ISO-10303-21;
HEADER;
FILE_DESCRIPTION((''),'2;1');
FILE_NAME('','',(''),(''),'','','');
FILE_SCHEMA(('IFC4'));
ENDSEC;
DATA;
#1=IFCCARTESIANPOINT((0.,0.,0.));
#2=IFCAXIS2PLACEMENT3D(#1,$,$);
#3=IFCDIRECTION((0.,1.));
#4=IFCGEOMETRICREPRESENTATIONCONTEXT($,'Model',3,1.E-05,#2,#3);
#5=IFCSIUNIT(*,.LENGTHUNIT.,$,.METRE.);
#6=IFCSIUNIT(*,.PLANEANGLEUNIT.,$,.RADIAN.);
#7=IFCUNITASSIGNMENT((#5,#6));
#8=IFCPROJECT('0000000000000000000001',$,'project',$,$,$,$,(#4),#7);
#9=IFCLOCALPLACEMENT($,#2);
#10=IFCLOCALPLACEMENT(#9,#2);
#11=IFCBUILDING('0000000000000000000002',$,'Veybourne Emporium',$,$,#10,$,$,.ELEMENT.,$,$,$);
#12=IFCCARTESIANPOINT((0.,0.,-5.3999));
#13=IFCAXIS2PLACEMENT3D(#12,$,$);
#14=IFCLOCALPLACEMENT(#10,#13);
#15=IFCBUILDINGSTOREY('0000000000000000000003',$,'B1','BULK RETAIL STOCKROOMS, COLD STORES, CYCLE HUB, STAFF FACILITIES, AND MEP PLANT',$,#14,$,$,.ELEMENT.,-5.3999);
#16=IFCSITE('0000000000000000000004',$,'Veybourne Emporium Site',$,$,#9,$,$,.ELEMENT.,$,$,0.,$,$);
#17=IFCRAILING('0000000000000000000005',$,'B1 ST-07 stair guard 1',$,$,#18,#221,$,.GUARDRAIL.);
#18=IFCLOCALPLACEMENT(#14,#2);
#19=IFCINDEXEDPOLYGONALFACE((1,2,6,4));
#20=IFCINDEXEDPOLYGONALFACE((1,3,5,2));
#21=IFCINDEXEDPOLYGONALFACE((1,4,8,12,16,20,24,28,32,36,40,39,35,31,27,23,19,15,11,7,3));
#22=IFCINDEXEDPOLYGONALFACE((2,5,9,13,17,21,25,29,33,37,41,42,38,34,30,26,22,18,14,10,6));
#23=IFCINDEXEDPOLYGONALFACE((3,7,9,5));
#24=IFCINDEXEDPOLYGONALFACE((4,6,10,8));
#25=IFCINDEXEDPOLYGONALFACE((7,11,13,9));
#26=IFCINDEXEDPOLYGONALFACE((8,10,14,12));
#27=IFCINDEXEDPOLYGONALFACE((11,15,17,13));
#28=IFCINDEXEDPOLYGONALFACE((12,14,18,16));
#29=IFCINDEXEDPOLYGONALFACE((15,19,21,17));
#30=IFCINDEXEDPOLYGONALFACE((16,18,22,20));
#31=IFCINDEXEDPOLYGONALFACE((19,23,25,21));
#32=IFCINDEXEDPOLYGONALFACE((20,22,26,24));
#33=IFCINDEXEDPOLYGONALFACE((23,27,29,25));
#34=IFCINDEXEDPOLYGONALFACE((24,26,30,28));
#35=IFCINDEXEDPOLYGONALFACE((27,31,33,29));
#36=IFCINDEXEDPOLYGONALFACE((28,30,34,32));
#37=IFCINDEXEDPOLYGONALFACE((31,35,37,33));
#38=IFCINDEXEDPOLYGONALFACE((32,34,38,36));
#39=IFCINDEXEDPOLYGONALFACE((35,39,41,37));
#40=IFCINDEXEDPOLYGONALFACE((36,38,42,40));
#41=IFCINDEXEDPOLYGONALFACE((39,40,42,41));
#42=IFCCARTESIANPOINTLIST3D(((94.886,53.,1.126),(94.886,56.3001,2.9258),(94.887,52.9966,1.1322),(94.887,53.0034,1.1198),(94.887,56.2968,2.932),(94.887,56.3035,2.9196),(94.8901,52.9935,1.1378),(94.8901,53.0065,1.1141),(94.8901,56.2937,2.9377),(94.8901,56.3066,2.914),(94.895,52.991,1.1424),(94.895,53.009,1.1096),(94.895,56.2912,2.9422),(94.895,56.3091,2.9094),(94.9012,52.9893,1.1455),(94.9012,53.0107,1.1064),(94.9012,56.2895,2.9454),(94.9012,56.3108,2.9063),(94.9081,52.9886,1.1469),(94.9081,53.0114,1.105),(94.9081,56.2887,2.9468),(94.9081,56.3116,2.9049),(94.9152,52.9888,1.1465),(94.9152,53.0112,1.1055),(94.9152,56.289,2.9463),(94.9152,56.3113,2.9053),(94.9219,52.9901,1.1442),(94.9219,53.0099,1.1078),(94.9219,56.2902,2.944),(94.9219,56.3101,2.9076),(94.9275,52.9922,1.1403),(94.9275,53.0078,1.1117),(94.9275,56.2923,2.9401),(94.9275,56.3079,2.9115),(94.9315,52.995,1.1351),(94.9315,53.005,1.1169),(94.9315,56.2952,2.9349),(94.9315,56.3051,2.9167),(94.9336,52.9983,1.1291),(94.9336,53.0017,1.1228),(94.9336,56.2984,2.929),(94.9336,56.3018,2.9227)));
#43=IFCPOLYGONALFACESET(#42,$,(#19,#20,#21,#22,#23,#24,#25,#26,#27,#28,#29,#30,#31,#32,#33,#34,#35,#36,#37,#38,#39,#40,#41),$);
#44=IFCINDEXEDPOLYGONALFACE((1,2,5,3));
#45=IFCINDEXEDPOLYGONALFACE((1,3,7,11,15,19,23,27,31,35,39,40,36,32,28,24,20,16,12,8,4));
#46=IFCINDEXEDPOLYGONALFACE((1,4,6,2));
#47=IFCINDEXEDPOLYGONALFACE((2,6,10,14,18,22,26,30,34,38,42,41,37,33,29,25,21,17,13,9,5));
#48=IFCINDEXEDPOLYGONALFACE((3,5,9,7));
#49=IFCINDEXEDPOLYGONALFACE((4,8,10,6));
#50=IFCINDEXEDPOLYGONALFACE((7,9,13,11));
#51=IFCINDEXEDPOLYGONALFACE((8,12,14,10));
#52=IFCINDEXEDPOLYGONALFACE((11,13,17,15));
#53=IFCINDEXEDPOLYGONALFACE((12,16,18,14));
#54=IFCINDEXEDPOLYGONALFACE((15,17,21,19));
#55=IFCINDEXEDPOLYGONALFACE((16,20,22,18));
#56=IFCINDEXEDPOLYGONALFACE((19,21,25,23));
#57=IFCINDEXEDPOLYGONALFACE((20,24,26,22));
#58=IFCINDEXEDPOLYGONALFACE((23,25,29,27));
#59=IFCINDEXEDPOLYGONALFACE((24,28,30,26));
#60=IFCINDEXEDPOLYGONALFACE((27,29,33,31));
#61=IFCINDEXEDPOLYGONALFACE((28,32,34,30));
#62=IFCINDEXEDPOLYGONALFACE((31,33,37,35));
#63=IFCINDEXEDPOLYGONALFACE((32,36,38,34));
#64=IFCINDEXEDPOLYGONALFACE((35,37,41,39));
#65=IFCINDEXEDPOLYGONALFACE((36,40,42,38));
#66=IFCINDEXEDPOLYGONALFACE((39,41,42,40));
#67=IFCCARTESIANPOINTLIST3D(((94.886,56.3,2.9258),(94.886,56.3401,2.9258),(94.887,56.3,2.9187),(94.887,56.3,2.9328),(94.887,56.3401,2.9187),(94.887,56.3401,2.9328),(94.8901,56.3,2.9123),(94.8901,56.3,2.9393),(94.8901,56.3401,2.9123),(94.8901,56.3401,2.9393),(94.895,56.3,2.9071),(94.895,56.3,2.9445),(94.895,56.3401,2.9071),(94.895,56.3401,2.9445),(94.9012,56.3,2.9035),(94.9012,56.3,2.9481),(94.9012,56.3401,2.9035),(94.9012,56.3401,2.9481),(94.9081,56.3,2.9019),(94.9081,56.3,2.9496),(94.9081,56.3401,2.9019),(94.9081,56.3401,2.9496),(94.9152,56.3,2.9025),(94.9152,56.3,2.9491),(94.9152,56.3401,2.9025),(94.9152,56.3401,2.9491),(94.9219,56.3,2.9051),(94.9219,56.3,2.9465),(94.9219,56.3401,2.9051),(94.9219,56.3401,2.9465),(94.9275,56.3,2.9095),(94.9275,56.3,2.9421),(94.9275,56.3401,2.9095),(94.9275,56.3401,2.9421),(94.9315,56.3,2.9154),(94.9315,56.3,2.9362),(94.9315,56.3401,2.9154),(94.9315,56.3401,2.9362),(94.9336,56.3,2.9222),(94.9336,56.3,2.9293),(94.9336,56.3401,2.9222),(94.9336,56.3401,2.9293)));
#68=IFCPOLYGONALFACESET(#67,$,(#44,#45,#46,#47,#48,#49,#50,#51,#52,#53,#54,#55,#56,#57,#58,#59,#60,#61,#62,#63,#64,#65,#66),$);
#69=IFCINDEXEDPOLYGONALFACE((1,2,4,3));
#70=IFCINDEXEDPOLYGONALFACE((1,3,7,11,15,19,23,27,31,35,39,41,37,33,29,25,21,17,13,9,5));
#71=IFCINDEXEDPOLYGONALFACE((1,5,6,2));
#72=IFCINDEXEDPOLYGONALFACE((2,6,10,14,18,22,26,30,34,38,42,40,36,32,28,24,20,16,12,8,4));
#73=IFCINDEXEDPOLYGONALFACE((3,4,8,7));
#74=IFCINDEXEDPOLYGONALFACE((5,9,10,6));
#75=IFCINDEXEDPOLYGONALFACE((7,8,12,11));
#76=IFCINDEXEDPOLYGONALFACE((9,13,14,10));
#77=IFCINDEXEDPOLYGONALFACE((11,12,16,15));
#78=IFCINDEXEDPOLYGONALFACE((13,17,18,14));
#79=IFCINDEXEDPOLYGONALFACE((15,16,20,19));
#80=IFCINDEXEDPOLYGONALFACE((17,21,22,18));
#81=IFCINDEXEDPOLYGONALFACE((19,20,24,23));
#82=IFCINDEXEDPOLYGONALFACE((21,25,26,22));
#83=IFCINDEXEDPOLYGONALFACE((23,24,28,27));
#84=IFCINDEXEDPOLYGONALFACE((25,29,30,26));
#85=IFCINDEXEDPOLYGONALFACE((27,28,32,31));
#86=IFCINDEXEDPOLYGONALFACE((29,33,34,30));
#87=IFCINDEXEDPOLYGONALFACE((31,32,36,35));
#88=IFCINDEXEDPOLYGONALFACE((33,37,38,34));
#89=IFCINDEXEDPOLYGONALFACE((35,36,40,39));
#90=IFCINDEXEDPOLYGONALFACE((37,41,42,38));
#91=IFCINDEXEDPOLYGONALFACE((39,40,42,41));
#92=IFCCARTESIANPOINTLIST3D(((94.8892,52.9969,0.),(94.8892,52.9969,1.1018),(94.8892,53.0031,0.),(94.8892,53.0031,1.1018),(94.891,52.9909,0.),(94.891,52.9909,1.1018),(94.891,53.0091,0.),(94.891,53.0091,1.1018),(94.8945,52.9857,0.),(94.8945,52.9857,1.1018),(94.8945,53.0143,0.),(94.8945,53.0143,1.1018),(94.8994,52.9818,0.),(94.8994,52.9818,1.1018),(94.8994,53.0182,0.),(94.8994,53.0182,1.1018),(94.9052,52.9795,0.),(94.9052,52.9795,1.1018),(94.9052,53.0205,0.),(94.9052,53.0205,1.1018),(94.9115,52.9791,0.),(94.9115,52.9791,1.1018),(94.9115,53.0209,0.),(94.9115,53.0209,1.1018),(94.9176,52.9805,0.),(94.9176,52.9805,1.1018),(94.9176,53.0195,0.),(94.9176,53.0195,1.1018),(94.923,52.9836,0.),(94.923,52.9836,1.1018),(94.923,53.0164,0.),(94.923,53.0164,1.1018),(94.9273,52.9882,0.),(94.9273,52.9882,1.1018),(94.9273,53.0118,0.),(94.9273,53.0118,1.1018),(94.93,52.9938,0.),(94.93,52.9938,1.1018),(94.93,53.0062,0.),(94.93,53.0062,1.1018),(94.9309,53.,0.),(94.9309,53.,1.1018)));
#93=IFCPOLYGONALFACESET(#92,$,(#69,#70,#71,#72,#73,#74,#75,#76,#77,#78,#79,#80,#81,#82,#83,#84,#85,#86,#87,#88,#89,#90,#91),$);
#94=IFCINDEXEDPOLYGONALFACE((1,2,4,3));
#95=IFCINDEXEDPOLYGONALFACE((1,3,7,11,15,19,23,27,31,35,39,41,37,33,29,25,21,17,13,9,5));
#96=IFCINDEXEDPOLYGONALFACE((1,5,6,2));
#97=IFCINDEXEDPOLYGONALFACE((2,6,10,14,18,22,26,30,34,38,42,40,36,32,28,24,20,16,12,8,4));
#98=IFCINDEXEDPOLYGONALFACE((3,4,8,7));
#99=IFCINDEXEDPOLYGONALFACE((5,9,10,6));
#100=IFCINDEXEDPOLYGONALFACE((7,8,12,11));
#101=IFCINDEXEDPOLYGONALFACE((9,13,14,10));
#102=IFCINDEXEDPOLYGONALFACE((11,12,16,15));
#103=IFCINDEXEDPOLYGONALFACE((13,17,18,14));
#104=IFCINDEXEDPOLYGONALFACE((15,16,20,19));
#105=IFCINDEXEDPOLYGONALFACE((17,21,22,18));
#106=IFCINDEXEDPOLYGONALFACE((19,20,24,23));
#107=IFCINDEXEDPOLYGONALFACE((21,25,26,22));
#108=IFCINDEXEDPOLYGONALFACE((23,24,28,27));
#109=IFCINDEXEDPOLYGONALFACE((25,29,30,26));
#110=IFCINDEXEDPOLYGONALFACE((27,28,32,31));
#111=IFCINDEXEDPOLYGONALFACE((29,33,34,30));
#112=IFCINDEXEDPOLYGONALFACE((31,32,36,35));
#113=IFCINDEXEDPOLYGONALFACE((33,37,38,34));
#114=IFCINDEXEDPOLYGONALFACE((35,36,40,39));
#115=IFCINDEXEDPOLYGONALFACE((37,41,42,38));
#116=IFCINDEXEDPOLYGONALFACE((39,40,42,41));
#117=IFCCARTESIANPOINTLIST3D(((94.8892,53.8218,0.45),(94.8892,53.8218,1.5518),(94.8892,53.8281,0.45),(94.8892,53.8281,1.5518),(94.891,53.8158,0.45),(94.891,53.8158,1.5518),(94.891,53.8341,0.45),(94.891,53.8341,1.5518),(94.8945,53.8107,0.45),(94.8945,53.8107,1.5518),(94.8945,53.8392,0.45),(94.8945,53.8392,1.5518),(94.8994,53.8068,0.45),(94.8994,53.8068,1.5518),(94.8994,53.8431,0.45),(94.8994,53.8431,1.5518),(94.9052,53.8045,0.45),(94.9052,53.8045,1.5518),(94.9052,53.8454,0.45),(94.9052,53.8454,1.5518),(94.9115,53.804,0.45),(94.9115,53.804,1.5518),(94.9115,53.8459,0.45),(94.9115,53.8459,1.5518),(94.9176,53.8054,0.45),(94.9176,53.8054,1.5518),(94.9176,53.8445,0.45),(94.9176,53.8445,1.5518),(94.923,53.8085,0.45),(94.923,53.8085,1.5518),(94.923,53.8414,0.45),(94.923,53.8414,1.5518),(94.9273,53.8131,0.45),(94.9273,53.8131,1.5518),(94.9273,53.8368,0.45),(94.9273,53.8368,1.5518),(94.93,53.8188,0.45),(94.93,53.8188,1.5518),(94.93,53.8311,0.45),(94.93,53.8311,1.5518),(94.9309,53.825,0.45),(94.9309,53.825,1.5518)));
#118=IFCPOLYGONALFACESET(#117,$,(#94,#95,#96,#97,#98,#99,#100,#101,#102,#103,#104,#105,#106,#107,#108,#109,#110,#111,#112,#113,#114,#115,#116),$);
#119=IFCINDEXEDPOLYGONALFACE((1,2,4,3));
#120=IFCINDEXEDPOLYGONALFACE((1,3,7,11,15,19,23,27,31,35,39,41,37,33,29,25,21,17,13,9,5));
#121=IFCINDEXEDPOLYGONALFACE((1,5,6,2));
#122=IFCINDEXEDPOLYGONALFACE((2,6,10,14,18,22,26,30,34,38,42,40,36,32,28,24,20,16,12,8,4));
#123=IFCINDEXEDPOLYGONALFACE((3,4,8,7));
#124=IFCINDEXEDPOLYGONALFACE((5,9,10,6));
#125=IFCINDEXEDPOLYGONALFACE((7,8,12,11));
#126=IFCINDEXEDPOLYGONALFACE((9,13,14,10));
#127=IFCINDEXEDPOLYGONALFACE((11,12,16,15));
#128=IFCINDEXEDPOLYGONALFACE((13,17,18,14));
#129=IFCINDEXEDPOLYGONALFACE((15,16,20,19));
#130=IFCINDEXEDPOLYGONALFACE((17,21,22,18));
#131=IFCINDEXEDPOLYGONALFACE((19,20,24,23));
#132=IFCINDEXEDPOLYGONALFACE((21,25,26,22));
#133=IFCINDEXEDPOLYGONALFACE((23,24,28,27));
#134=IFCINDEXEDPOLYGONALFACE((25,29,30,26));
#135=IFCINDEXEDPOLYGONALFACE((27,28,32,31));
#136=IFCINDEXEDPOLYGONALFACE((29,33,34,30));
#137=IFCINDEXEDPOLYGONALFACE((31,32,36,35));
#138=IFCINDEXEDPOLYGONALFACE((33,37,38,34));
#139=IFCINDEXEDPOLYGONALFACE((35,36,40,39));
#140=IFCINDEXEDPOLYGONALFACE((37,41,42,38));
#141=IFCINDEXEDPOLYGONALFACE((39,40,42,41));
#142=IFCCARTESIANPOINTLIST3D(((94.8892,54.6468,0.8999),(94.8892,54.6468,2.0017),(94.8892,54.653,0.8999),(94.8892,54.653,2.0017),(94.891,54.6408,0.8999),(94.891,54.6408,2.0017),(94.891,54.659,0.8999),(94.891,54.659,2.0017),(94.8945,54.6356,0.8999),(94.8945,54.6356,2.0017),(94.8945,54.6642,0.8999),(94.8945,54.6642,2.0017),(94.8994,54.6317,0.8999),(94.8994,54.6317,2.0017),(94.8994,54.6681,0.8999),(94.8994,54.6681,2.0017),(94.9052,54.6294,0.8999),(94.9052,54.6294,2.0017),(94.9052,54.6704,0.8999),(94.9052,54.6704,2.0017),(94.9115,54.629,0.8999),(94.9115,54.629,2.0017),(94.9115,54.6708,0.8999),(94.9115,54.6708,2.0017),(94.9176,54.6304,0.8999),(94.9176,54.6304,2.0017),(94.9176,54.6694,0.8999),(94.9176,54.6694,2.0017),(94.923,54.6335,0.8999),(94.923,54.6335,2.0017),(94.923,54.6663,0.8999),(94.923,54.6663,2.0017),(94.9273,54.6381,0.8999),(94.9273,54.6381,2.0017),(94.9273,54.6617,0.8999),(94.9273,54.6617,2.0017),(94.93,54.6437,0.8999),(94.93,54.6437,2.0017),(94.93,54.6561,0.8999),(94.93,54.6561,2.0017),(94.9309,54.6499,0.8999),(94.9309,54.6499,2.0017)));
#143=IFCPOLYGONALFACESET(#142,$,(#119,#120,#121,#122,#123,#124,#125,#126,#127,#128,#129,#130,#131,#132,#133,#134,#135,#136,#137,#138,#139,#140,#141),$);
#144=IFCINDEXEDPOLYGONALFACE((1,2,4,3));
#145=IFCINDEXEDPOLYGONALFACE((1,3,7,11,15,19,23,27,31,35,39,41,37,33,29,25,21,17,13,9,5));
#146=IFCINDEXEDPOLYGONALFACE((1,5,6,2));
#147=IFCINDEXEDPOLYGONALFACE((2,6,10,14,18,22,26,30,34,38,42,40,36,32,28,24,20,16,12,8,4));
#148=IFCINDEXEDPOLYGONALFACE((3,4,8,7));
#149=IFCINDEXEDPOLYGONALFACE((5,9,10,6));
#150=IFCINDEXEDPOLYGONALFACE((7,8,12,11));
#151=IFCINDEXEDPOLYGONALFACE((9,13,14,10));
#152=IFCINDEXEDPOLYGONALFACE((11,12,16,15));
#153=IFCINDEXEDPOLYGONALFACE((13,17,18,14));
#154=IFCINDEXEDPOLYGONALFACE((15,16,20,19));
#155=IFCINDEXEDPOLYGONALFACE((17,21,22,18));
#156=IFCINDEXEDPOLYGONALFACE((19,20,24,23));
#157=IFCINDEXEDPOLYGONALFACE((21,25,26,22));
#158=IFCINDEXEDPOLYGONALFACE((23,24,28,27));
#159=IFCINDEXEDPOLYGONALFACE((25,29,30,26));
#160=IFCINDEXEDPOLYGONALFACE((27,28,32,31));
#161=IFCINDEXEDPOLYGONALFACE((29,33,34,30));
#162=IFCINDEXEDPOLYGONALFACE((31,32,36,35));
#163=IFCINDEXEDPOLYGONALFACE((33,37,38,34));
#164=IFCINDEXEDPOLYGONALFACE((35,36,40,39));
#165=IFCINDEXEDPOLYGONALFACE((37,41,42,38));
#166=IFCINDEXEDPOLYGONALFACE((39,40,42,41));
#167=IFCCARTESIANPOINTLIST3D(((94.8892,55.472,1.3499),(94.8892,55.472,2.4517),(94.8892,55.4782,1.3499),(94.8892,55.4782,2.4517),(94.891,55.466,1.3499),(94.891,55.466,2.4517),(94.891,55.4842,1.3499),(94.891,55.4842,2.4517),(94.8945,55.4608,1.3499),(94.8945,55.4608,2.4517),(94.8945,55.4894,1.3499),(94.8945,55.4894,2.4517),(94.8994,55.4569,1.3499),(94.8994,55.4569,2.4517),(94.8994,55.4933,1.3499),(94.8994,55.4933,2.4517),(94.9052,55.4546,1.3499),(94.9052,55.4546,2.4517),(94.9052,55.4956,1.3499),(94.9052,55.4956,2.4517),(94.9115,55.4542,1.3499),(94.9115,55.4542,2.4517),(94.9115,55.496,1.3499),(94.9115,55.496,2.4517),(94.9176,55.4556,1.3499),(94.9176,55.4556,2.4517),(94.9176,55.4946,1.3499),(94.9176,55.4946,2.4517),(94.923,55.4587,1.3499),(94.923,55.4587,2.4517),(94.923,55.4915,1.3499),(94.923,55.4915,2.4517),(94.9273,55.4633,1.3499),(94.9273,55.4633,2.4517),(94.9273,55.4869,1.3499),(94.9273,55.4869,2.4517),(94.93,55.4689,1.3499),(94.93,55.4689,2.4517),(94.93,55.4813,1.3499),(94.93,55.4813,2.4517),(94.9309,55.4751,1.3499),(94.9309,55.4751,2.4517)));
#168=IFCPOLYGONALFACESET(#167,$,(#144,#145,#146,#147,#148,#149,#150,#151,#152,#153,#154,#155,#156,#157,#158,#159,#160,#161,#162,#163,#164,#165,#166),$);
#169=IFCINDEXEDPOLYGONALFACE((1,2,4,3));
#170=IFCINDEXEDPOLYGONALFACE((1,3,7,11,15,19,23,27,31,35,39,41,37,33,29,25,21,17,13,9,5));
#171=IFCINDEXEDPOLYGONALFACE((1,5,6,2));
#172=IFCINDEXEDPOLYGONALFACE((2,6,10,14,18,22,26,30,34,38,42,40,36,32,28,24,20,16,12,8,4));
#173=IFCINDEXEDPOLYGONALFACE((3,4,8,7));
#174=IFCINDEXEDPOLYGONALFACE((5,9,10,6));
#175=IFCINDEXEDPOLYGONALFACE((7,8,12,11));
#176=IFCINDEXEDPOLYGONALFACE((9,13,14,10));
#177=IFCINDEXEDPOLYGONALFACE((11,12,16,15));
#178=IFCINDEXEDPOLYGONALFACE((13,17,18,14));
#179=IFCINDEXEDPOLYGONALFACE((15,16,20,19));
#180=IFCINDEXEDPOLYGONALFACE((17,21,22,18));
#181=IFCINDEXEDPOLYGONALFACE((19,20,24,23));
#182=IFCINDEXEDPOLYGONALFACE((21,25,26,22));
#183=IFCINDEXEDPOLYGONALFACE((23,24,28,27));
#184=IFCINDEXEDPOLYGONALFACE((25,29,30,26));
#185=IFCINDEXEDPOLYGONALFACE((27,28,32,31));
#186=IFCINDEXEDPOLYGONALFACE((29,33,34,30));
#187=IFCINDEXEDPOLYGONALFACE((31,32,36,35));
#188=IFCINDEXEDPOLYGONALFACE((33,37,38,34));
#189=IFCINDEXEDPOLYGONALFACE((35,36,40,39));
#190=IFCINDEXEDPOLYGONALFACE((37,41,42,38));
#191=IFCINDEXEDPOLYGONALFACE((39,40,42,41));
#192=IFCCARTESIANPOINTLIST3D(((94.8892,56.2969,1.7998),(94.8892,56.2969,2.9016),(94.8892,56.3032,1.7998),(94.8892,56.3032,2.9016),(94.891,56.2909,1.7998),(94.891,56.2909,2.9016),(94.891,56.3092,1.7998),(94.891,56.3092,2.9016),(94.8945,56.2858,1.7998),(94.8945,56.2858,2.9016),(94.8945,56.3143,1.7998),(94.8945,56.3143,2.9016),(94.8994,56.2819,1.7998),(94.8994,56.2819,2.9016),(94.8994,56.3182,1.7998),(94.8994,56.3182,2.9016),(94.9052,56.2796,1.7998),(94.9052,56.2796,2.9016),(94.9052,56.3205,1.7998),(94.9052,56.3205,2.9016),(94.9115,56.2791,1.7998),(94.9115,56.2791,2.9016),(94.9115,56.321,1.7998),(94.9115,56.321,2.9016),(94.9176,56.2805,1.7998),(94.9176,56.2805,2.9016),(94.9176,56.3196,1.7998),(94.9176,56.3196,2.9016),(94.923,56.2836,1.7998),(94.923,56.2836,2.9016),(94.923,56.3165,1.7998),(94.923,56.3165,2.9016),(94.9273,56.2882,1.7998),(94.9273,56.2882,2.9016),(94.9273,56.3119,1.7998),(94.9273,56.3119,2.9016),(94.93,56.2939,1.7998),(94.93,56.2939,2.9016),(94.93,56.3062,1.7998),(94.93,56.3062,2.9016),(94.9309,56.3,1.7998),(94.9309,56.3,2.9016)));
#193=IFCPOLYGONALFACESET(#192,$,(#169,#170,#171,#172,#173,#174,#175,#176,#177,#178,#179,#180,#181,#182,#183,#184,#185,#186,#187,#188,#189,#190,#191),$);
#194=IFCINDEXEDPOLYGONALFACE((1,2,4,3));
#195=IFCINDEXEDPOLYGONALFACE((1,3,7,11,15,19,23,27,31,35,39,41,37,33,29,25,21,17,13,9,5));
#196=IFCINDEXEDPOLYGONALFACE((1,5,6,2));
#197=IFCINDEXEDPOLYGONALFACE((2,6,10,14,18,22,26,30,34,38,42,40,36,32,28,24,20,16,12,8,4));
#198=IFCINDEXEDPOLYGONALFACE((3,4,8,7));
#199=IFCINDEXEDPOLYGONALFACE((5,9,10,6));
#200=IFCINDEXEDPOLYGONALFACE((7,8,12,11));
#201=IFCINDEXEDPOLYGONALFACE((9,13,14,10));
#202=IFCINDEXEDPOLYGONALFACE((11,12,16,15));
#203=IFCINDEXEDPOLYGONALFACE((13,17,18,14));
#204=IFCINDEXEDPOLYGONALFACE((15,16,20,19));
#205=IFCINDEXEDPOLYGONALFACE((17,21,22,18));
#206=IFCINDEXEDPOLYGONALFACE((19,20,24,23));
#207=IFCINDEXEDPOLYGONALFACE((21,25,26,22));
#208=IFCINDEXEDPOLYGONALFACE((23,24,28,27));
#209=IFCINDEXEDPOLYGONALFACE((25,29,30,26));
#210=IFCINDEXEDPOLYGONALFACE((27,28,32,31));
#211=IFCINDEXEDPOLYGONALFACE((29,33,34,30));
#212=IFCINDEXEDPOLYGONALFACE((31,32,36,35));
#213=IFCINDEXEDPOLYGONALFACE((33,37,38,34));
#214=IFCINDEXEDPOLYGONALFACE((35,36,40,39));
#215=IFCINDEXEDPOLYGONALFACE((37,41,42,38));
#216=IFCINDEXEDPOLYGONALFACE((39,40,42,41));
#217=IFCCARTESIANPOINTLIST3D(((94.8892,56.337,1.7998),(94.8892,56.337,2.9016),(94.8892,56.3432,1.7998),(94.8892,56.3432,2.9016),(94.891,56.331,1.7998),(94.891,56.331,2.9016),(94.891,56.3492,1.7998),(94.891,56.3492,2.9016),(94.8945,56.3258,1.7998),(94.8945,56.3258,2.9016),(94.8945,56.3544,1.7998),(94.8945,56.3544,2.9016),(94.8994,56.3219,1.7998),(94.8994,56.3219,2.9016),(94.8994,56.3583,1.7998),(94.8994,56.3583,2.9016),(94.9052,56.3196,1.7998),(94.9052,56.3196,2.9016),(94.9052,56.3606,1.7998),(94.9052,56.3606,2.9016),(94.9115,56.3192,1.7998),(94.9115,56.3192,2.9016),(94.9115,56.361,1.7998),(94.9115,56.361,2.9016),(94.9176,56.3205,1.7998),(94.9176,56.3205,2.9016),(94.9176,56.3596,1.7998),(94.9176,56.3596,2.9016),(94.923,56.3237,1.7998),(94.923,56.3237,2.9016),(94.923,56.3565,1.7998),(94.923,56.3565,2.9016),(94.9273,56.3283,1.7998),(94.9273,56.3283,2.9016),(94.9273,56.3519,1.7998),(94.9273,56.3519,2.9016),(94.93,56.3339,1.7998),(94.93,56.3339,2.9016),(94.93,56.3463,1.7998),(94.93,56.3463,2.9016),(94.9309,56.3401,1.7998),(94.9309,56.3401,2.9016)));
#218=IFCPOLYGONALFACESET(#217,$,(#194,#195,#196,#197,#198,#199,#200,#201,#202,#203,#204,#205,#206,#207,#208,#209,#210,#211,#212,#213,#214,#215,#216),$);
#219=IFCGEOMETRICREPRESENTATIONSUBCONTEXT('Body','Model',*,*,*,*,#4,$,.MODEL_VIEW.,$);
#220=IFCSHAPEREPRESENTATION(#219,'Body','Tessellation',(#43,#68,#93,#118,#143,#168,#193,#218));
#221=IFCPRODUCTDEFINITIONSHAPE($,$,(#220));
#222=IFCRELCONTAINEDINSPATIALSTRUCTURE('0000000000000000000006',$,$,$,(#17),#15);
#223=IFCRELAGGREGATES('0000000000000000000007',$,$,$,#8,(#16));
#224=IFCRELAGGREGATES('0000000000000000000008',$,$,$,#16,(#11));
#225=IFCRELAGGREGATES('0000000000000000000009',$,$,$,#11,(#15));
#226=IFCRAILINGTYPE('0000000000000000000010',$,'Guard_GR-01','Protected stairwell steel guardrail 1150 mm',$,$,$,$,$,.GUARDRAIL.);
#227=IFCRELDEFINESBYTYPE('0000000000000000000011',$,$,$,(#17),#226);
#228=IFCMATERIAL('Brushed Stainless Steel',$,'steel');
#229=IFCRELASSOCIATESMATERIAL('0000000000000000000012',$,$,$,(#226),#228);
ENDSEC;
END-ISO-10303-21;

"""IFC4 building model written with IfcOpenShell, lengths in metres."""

from ifc_helpers import new_model, si_unit, direction, frame, origin, origin_2d, place, context, subcontext, project, spatial, circle, extrude, material, type_object, element, save


model = new_model("IFC4")

# Units and contexts
model_context = context("Model", 3, precision=1e-05, world=origin(), true_north=direction((0.0, 1.0)))
body_context = subcontext(model_context, "Body", "Model", "MODEL_VIEW")
ifc_project = project(units=[si_unit("LENGTHUNIT", "METRE"), si_unit("PLANEANGLEUNIT", "RADIAN")], contexts=[model_context])

# Site, building, storey
site_placement = place(None, origin())
site = spatial("IfcSite", under=ifc_project, at=site_placement, Name="Veybourne Emporium Site", CompositionType="ELEMENT", RefElevation=0.0)
building_placement = place(site_placement, origin())
building = spatial("IfcBuilding", under=site, at=building_placement, Name="Veybourne Emporium", CompositionType="ELEMENT")
storey_placement = place(building_placement, frame((0.0, 0.0, -5.3999)))
storey = spatial("IfcBuildingStorey", under=building, at=storey_placement, Name="B1", Description="BULK RETAIL STOCKROOMS, COLD STORES, CYCLE HUB, STAFF FACILITIES, AND MEP PLANT", CompositionType="ELEMENT", Elevation=-5.3999)

# Railing
ifc_material_1 = material(Name="Brushed Stainless Steel", Category="steel")
railing_type_1 = type_object("IfcRailingType", Name="Guard_GR-01", Description="Protected stairwell steel guardrail 1150 mm", PredefinedType="GUARDRAIL", material=ifc_material_1)
railing_1_placement = place(storey_placement, frame((94.9099, 53.0, 0.0)))
element("IfcRailing", 1, at=railing_1_placement, inside=storey, type_object=railing_type_1, Name="B1 ST-07 stair guard 1", PredefinedType="GUARDRAIL", context=body_context, shape_type="SweptSolid", body=[
    extrude(circle(Radius=0.0239, at=origin_2d()), frame((0.0, 0.0, 1.126), z_axis=(0.0, 0.87792, 0.478807), x_axis=(-1.0, 0.0, 0.0)), (0.0, 0.0, 1.0), 3.759),
    extrude(circle(Radius=0.0239, at=origin_2d()), frame((0.0, 3.3, 2.9258), z_axis=(0.0, 1.0, 0.0), x_axis=(-1.0, 0.0, 0.0)), (0.0, 0.0, 1.0), 0.04),
    extrude(circle(Radius=0.021, at=origin_2d()), origin(), (0.0, 0.0, 1.0), 1.1018),
    extrude(circle(Radius=0.021, at=origin_2d()), frame((0.0, 0.825, 0.45)), (0.0, 0.0, 1.0), 1.1018),
    extrude(circle(Radius=0.021, at=origin_2d()), frame((0.0, 1.6499, 0.8999)), (0.0, 0.0, 1.0), 1.1018),
    extrude(circle(Radius=0.021, at=origin_2d()), frame((0.0, 2.4751, 1.3499)), (0.0, 0.0, 1.0), 1.1018),
    extrude(circle(Radius=0.021, at=origin_2d()), frame((0.0, 3.3, 1.7998)), (0.0, 0.0, 1.0), 1.1018),
    extrude(circle(Radius=0.021, at=origin_2d()), frame((0.0, 3.3401, 1.7998)), (0.0, 0.0, 1.0), 1.1018),
])

save(model, "model.ifc")
